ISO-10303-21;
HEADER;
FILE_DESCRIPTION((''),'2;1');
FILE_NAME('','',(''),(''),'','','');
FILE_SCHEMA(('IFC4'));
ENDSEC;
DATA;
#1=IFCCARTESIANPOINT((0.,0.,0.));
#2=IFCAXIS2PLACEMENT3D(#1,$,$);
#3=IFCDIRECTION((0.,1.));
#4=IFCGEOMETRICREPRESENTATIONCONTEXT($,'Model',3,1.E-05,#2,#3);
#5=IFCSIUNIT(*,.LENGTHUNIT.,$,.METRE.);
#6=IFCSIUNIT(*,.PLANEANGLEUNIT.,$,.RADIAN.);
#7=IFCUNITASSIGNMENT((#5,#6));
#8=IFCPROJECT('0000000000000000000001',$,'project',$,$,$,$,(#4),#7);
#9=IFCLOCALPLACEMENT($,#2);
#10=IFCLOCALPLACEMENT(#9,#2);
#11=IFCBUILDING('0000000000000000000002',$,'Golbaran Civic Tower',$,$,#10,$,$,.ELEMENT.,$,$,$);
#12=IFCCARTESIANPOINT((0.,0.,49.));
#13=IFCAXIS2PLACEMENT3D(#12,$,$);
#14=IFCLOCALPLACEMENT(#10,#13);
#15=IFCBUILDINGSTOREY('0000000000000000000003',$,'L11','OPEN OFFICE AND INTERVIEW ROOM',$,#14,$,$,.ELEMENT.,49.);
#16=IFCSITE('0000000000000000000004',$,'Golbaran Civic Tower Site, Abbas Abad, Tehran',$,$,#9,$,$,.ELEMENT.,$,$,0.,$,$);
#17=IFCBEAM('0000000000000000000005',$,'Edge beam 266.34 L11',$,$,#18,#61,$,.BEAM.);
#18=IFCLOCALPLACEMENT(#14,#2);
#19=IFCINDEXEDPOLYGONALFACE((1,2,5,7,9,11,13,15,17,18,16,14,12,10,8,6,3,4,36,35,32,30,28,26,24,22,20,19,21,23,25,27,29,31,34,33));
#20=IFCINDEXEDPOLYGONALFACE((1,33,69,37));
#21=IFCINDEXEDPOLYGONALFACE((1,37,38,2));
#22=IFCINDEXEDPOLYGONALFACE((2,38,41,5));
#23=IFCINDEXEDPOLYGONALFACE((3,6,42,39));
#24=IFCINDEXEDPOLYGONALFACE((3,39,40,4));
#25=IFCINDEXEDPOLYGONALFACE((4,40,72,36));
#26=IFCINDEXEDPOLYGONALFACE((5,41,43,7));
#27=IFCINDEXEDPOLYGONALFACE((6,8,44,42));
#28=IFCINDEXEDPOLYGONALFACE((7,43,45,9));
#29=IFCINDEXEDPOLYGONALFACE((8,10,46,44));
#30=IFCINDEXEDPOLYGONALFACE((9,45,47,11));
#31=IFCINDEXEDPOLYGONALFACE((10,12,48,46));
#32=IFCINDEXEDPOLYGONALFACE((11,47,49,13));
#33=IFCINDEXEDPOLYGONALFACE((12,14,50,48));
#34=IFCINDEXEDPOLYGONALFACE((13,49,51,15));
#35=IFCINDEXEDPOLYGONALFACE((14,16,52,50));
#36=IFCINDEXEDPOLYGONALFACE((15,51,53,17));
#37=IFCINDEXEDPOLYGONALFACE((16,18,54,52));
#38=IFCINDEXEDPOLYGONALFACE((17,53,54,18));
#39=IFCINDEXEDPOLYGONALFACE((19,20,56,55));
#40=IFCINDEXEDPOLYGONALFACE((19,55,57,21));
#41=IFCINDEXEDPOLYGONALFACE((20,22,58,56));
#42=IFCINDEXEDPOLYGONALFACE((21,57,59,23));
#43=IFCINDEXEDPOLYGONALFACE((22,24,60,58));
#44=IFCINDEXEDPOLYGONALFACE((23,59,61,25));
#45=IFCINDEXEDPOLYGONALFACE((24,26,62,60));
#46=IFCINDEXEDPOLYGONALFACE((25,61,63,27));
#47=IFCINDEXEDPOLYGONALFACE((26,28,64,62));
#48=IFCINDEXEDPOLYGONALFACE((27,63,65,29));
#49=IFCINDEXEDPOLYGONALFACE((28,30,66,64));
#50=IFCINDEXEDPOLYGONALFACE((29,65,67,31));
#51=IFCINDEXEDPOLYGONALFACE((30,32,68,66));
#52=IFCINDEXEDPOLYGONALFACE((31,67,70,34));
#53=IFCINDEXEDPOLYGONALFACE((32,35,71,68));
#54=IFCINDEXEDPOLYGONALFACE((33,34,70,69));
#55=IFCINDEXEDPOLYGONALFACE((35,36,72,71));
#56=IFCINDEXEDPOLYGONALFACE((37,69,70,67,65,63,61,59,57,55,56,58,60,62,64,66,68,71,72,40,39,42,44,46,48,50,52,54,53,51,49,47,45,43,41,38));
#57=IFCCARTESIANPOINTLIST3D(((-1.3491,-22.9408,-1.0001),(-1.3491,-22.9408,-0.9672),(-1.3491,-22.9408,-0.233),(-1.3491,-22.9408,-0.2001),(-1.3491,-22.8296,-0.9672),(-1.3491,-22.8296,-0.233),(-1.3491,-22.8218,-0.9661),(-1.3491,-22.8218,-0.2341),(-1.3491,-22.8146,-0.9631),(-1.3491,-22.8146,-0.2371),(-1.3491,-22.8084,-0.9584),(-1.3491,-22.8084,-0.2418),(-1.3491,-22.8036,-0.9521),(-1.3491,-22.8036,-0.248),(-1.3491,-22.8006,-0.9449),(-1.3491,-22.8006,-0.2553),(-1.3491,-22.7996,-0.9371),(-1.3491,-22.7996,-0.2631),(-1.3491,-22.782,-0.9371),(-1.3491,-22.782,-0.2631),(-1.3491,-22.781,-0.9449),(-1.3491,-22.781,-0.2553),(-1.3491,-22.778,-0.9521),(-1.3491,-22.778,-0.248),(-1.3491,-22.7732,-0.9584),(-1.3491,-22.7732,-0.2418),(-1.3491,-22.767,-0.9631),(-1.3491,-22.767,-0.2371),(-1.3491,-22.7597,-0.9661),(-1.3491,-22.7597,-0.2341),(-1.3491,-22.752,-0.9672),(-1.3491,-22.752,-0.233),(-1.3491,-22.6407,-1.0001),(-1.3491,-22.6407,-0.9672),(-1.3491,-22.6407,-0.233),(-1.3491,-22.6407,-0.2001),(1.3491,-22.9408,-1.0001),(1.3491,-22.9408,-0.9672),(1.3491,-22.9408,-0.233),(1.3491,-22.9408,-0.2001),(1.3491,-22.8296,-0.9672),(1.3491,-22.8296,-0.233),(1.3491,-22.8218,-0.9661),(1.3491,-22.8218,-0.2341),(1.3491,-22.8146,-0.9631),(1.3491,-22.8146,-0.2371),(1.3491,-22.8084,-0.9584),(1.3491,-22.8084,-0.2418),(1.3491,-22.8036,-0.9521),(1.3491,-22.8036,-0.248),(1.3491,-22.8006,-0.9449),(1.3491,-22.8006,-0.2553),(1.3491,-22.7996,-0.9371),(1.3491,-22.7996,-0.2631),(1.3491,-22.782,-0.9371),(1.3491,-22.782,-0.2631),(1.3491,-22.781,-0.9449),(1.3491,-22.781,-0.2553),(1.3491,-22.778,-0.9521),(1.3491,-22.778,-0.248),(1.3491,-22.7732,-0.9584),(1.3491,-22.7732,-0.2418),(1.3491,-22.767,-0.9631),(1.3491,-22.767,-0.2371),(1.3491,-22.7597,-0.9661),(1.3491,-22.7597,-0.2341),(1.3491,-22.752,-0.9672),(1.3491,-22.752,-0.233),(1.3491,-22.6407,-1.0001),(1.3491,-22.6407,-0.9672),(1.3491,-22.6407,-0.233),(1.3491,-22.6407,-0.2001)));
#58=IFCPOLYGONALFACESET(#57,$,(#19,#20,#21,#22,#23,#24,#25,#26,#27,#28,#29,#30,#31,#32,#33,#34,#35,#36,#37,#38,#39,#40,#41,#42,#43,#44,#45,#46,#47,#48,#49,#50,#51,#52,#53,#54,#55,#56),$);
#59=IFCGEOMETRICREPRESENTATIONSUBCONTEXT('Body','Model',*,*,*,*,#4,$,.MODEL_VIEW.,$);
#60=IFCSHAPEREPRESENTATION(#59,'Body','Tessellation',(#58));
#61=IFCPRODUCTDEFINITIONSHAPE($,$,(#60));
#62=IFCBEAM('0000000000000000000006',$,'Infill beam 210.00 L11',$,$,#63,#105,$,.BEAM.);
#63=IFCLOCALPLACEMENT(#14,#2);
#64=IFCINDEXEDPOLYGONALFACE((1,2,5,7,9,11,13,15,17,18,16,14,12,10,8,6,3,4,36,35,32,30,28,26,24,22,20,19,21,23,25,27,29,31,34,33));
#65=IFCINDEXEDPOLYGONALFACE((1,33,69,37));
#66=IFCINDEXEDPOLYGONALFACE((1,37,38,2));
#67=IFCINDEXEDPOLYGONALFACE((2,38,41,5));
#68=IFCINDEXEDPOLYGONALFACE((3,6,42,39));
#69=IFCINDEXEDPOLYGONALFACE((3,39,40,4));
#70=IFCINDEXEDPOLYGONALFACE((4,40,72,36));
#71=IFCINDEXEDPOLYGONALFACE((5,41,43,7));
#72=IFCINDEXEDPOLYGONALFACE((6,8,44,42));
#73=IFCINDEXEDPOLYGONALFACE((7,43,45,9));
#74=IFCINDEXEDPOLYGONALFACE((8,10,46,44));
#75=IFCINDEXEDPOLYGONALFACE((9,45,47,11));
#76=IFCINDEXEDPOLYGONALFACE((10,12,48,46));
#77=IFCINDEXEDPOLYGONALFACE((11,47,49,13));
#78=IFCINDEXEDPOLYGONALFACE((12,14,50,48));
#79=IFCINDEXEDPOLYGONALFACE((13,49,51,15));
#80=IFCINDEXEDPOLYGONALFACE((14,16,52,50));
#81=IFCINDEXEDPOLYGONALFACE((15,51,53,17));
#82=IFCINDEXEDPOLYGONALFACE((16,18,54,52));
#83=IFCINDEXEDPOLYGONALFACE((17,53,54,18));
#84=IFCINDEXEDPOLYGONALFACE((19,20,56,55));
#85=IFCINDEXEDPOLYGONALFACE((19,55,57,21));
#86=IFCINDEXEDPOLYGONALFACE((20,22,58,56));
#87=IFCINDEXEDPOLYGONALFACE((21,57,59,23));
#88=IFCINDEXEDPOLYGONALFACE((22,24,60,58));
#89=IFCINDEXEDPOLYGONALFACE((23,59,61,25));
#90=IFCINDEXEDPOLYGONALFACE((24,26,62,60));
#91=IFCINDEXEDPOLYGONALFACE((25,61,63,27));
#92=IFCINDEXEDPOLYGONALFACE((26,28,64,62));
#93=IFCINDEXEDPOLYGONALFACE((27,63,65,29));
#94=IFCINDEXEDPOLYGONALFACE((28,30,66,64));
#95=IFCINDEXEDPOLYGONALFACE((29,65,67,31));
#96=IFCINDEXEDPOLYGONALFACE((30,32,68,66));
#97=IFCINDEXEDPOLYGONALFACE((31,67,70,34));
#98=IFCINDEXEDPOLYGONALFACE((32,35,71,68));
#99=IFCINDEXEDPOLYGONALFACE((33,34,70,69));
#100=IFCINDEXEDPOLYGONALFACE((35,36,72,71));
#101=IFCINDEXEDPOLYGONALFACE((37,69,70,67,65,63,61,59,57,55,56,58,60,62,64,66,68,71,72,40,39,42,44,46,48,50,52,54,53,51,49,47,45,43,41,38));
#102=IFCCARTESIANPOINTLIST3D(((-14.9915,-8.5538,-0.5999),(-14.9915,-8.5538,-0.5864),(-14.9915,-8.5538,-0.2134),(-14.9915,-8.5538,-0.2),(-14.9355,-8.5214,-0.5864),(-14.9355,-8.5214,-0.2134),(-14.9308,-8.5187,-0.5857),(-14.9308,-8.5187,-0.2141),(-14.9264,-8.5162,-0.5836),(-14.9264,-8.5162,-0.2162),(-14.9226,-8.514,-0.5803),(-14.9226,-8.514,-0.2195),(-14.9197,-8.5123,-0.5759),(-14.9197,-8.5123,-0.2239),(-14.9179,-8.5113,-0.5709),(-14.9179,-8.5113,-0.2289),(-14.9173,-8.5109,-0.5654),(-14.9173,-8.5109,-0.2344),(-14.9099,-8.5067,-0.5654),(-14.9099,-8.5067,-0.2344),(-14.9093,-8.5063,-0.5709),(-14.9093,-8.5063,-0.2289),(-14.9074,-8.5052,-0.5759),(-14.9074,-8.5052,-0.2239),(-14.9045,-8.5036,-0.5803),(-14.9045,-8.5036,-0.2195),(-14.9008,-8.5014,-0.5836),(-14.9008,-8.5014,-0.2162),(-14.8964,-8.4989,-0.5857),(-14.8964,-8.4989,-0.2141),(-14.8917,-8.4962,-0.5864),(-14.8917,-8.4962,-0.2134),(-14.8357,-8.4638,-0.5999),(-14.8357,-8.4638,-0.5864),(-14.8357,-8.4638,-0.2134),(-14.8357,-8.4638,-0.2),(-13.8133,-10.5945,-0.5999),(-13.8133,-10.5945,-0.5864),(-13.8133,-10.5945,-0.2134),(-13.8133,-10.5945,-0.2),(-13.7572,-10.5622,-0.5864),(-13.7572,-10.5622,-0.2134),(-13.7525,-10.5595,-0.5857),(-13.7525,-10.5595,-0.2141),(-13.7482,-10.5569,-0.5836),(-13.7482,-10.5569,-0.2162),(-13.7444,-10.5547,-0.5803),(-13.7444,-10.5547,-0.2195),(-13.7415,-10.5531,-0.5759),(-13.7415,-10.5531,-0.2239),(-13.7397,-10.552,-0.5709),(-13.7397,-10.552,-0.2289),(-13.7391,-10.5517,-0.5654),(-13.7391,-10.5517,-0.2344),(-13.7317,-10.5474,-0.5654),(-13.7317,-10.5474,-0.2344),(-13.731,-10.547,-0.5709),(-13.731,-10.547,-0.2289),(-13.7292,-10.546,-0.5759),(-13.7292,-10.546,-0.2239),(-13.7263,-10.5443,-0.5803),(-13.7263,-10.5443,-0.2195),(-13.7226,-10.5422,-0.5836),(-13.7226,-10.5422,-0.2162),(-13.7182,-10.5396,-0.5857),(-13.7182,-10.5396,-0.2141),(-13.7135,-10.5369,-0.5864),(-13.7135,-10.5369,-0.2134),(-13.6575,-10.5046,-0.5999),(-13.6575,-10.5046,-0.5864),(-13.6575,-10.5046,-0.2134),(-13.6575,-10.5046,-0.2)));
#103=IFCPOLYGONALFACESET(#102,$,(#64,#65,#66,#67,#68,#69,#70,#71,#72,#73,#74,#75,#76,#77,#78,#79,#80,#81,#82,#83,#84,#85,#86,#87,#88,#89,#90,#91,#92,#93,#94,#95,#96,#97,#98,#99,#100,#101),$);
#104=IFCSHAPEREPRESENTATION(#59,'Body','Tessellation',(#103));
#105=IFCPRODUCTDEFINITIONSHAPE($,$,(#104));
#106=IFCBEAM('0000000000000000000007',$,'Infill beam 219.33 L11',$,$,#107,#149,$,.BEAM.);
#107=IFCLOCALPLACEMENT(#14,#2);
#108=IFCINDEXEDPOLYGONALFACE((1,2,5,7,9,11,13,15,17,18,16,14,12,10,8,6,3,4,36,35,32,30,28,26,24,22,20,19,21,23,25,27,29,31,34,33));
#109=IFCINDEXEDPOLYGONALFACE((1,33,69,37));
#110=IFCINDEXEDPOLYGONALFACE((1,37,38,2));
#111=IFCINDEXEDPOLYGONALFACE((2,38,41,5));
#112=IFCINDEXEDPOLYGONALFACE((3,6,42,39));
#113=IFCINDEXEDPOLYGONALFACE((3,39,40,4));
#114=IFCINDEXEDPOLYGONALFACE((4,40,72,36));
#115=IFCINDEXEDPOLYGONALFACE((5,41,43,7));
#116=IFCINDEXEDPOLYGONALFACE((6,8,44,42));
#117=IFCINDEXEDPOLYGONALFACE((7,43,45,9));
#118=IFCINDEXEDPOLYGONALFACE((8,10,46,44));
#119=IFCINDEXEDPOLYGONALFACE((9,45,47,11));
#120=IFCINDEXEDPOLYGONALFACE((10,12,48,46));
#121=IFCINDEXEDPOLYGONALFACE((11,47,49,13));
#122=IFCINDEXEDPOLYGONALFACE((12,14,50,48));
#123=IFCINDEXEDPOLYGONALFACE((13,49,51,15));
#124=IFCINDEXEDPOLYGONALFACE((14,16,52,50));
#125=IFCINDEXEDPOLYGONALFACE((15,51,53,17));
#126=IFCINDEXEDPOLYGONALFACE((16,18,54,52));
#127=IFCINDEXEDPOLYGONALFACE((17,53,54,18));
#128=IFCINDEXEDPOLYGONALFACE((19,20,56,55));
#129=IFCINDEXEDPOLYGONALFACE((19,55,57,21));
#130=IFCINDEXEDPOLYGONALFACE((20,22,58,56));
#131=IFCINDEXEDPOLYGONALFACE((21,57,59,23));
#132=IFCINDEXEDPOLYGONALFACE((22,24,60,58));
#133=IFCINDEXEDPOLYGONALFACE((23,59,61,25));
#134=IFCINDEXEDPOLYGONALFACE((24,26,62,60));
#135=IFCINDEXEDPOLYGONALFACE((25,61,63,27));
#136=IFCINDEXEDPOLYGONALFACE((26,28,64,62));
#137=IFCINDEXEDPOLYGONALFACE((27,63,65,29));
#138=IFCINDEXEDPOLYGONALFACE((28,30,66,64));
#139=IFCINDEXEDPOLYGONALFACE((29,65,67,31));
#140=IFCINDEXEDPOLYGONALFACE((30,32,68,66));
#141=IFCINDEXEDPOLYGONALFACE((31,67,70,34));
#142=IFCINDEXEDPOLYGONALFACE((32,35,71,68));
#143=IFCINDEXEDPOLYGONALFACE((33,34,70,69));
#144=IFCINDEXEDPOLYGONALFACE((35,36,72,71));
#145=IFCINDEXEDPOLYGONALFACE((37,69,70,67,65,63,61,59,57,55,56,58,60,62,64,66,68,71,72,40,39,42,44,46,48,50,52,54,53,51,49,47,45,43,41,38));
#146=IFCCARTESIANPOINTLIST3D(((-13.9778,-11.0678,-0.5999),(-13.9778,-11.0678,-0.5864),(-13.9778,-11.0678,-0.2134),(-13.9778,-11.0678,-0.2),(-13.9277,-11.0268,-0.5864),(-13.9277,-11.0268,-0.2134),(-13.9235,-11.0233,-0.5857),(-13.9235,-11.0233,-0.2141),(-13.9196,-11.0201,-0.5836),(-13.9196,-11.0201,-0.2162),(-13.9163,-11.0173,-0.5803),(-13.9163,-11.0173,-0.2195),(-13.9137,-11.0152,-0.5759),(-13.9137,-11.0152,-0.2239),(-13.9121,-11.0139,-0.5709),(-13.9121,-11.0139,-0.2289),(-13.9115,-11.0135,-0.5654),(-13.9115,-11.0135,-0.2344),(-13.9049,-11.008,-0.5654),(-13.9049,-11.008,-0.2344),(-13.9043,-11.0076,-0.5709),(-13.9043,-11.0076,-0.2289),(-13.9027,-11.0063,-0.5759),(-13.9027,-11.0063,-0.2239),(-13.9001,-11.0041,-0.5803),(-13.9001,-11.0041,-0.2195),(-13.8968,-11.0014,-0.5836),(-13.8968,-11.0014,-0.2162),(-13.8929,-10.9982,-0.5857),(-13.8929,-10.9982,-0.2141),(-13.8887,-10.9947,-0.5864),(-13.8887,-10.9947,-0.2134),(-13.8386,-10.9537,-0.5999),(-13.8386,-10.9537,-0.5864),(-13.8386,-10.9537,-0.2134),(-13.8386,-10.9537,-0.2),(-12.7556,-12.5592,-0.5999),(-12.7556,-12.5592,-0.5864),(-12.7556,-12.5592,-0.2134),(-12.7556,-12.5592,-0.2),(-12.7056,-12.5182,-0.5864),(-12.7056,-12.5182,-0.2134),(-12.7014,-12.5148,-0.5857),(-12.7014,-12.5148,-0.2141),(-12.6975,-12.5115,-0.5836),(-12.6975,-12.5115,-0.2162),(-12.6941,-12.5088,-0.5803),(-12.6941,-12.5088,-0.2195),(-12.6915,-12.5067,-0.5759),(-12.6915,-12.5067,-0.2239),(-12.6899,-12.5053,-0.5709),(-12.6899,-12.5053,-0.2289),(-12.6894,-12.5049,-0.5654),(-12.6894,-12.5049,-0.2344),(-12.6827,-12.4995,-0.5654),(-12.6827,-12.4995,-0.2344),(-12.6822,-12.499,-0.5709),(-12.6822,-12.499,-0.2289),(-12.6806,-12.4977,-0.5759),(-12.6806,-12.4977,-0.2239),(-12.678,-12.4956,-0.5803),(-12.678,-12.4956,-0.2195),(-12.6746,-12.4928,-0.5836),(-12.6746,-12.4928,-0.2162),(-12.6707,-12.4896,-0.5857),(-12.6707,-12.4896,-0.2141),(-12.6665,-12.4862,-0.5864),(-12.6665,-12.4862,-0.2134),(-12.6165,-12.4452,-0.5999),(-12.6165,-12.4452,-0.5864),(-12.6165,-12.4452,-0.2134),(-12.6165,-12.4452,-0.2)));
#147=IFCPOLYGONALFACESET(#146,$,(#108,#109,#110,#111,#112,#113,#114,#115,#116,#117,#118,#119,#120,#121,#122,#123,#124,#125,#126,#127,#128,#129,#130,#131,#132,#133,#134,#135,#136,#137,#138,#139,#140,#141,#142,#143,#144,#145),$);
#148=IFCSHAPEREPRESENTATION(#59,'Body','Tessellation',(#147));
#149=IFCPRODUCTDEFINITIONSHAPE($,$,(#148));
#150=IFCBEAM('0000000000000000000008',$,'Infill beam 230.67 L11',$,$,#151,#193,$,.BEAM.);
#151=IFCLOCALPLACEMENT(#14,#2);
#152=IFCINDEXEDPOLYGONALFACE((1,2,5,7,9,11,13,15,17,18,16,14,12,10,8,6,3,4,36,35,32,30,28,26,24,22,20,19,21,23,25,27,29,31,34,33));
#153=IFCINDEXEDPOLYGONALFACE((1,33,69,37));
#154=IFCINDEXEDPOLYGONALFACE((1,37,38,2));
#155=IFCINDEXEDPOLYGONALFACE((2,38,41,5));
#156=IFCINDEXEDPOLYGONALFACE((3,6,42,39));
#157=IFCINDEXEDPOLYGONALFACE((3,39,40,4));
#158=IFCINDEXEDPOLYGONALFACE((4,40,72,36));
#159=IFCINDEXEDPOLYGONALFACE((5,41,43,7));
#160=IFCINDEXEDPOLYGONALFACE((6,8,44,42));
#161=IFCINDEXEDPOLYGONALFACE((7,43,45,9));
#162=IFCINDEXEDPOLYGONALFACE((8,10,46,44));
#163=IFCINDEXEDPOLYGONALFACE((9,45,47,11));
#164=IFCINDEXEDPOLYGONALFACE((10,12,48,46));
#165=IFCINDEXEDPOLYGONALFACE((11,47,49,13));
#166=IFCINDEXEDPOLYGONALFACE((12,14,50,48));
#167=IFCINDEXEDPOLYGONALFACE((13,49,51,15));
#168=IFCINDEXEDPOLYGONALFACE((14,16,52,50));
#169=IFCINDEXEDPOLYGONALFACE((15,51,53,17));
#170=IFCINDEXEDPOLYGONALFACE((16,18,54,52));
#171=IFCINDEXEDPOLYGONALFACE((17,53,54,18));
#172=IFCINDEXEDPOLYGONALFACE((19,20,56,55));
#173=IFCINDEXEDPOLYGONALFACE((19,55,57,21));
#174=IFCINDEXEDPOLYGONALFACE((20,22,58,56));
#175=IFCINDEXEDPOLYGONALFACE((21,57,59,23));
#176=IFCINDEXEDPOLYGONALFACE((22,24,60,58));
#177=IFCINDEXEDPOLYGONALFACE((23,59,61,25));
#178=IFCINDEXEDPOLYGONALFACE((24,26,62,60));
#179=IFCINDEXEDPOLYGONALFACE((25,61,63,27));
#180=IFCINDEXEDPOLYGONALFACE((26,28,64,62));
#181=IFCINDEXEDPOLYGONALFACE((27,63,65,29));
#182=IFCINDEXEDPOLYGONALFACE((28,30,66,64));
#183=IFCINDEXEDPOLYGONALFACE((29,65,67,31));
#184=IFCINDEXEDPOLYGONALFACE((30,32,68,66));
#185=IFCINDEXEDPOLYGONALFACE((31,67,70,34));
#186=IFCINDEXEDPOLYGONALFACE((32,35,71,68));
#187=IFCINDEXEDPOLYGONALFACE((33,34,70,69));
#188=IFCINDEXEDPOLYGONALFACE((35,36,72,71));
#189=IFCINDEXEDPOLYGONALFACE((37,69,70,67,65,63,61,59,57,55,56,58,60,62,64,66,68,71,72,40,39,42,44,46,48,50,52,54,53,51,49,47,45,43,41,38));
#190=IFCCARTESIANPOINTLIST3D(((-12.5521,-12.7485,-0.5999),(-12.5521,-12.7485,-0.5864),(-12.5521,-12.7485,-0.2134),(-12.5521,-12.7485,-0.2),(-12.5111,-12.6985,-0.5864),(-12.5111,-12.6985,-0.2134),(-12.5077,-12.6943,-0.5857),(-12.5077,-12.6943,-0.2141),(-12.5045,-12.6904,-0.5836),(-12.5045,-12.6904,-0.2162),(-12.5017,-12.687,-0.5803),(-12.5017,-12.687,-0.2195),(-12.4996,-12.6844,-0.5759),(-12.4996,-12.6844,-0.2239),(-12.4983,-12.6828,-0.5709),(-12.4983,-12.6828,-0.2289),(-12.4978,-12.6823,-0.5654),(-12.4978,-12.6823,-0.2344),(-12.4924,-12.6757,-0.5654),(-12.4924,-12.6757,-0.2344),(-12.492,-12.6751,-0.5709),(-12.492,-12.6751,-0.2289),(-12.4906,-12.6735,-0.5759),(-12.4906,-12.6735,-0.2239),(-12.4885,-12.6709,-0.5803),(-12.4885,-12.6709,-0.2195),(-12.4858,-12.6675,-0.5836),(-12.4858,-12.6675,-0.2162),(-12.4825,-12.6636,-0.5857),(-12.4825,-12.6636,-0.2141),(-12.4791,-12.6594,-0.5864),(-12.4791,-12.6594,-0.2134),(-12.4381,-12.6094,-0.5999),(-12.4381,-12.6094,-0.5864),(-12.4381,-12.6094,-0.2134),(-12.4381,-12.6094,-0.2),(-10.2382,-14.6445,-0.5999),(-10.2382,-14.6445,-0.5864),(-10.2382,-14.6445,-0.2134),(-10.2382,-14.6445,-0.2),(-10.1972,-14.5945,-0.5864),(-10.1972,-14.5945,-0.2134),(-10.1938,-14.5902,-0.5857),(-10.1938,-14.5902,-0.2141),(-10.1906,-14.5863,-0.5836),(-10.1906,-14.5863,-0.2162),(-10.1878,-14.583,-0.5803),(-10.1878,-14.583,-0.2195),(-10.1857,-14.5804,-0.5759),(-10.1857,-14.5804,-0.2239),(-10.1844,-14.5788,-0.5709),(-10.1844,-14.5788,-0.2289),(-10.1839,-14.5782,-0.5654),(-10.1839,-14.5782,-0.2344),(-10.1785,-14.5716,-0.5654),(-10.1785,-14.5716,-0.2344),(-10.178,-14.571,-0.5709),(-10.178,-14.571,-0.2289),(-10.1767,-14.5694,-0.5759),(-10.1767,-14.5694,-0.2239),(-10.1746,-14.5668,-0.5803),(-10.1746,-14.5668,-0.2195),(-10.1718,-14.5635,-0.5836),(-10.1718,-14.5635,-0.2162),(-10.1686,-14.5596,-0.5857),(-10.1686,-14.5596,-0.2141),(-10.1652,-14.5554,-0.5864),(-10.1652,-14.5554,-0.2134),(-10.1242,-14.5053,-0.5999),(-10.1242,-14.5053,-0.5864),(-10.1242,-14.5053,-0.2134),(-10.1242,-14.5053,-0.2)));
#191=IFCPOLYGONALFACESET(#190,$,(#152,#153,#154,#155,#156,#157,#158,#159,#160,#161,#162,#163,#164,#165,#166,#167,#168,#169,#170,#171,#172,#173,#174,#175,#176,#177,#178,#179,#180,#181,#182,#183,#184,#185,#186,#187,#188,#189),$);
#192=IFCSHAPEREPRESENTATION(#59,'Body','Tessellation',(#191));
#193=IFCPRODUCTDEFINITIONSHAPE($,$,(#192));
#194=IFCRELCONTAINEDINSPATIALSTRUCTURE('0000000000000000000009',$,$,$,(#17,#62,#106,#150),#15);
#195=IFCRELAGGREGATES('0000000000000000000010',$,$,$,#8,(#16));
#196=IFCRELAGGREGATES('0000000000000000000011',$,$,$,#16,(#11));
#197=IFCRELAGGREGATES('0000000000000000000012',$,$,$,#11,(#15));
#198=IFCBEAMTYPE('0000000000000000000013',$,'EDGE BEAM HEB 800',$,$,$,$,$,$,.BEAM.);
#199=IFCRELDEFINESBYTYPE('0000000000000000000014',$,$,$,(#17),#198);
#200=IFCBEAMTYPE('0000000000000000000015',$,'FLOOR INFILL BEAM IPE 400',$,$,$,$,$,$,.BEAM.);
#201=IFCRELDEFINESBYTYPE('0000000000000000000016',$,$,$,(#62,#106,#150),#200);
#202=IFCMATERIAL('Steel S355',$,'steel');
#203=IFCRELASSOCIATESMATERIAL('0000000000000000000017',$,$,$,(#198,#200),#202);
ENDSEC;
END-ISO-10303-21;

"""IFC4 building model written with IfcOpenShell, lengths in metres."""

from ifc_helpers import new_model, si_unit, direction, frame, origin, origin_2d, place, context, subcontext, project, spatial, i_section, extrude, material, material_profile, profile_set, type_object, element, save


model = new_model("IFC4")

# Units and contexts
model_context = context("Model", 3, precision=1e-05, world=origin(), true_north=direction((0.0, 1.0)))
body_context = subcontext(model_context, "Body", "Model", "MODEL_VIEW")
ifc_project = project(units=[si_unit("LENGTHUNIT", "METRE"), si_unit("PLANEANGLEUNIT", "RADIAN")], contexts=[model_context])

# Site, building, storey
site_placement = place(None, origin())
site = spatial("IfcSite", under=ifc_project, at=site_placement, Name="Golbaran Civic Tower Site, Abbas Abad, Tehran", CompositionType="ELEMENT", RefElevation=0.0)
building_placement = place(site_placement, origin())
building = spatial("IfcBuilding", under=site, at=building_placement, Name="Golbaran Civic Tower", CompositionType="ELEMENT")
storey_placement = place(building_placement, frame((0.0, 0.0, 49.0)))
storey = spatial("IfcBuildingStorey", under=building, at=storey_placement, Name="L11", Description="OPEN OFFICE AND INTERVIEW ROOM", CompositionType="ELEMENT", Elevation=49.0)

# Beams
ifc_material_1 = material(Name="Steel S355", Category="steel")
ifc_material_profile_1 = material_profile(ifc_material_1, i_section(OverallWidth=0.3, OverallDepth=0.8, WebThickness=0.0176, FlangeThickness=0.033, FilletRadius=0.03, at=origin_2d()), Name="HEB 800")
ifc_profile_set_1 = profile_set([ifc_material_profile_1], Name="Steel S355")
beam_type_1 = type_object("IfcBeamType", Name="EDGE BEAM HEB 800", PredefinedType="BEAM", material=ifc_profile_set_1)
beam_1_placement = place(storey_placement, frame((-1.3491, -22.7908, -0.6001), z_axis=(1.0, 0.0, 0.0), x_axis=(0.0, 1.0, 0.0)))
element("IfcBeam", 1, at=beam_1_placement, inside=storey, type_object=beam_type_1, Name="Edge beam 266.34 L11", PredefinedType="BEAM", context=body_context, shape_type="SweptSolid", body=[
    extrude(i_section(OverallWidth=0.3, OverallDepth=0.8, WebThickness=0.0176, FlangeThickness=0.033, FilletRadius=0.03, at=origin_2d()), origin(), (0.0, 0.0, 1.0), 2.6982),
])
ifc_material_profile_2 = material_profile(ifc_material_1, i_section(OverallWidth=0.1799, OverallDepth=0.3999, WebThickness=0.0085, FlangeThickness=0.0134, FilletRadius=0.021, at=origin_2d()), Name="IPE 400")
ifc_profile_set_2 = profile_set([ifc_material_profile_2], Name="Steel S355")
beam_type_2 = type_object("IfcBeamType", Name="FLOOR INFILL BEAM IPE 400", PredefinedType="BEAM", material=ifc_profile_set_2)
beam_2_placement = place(storey_placement, frame((-14.9136, -8.5088, -0.3999), z_axis=(0.499994, -0.866029, 0.0), x_axis=(0.866029, 0.499994, 0.0)))
element("IfcBeam", 2, at=beam_2_placement, inside=storey, type_object=beam_type_2, Name="Infill beam 210.00 L11", PredefinedType="BEAM", context=body_context, shape_type="SweptSolid", body=[
    extrude(i_section(OverallWidth=0.1799, OverallDepth=0.3999, WebThickness=0.0085, FlangeThickness=0.0134, FilletRadius=0.021, at=origin_2d()), origin(), (0.0, 0.0, 1.0), 2.3564),
])
beam_3_placement = place(storey_placement, frame((-13.9082, -11.0107, -0.3999), z_axis=(0.633824, -0.773478, 0.0), x_axis=(0.773478, 0.633824, 0.0)))
element("IfcBeam", 3, at=beam_3_placement, inside=storey, type_object=beam_type_2, Name="Infill beam 219.33 L11", PredefinedType="BEAM", context=body_context, shape_type="SweptSolid", body=[
    extrude(i_section(OverallWidth=0.1799, OverallDepth=0.3999, WebThickness=0.0085, FlangeThickness=0.0134, FilletRadius=0.021, at=origin_2d()), origin(), (0.0, 0.0, 1.0), 1.9282),
])
beam_4_placement = place(storey_placement, frame((-12.4951, -12.679, -0.3999), z_axis=(0.773506, -0.633789, 0.0), x_axis=(0.633789, 0.773506, 0.0)))
element("IfcBeam", 4, at=beam_4_placement, inside=storey, type_object=beam_type_2, Name="Infill beam 230.67 L11", PredefinedType="BEAM", context=body_context, shape_type="SweptSolid", body=[
    extrude(i_section(OverallWidth=0.1799, OverallDepth=0.3999, WebThickness=0.0085, FlangeThickness=0.0134, FilletRadius=0.021, at=origin_2d()), origin(), (0.0, 0.0, 1.0), 2.9915),
])

save(model, "model.ifc")
